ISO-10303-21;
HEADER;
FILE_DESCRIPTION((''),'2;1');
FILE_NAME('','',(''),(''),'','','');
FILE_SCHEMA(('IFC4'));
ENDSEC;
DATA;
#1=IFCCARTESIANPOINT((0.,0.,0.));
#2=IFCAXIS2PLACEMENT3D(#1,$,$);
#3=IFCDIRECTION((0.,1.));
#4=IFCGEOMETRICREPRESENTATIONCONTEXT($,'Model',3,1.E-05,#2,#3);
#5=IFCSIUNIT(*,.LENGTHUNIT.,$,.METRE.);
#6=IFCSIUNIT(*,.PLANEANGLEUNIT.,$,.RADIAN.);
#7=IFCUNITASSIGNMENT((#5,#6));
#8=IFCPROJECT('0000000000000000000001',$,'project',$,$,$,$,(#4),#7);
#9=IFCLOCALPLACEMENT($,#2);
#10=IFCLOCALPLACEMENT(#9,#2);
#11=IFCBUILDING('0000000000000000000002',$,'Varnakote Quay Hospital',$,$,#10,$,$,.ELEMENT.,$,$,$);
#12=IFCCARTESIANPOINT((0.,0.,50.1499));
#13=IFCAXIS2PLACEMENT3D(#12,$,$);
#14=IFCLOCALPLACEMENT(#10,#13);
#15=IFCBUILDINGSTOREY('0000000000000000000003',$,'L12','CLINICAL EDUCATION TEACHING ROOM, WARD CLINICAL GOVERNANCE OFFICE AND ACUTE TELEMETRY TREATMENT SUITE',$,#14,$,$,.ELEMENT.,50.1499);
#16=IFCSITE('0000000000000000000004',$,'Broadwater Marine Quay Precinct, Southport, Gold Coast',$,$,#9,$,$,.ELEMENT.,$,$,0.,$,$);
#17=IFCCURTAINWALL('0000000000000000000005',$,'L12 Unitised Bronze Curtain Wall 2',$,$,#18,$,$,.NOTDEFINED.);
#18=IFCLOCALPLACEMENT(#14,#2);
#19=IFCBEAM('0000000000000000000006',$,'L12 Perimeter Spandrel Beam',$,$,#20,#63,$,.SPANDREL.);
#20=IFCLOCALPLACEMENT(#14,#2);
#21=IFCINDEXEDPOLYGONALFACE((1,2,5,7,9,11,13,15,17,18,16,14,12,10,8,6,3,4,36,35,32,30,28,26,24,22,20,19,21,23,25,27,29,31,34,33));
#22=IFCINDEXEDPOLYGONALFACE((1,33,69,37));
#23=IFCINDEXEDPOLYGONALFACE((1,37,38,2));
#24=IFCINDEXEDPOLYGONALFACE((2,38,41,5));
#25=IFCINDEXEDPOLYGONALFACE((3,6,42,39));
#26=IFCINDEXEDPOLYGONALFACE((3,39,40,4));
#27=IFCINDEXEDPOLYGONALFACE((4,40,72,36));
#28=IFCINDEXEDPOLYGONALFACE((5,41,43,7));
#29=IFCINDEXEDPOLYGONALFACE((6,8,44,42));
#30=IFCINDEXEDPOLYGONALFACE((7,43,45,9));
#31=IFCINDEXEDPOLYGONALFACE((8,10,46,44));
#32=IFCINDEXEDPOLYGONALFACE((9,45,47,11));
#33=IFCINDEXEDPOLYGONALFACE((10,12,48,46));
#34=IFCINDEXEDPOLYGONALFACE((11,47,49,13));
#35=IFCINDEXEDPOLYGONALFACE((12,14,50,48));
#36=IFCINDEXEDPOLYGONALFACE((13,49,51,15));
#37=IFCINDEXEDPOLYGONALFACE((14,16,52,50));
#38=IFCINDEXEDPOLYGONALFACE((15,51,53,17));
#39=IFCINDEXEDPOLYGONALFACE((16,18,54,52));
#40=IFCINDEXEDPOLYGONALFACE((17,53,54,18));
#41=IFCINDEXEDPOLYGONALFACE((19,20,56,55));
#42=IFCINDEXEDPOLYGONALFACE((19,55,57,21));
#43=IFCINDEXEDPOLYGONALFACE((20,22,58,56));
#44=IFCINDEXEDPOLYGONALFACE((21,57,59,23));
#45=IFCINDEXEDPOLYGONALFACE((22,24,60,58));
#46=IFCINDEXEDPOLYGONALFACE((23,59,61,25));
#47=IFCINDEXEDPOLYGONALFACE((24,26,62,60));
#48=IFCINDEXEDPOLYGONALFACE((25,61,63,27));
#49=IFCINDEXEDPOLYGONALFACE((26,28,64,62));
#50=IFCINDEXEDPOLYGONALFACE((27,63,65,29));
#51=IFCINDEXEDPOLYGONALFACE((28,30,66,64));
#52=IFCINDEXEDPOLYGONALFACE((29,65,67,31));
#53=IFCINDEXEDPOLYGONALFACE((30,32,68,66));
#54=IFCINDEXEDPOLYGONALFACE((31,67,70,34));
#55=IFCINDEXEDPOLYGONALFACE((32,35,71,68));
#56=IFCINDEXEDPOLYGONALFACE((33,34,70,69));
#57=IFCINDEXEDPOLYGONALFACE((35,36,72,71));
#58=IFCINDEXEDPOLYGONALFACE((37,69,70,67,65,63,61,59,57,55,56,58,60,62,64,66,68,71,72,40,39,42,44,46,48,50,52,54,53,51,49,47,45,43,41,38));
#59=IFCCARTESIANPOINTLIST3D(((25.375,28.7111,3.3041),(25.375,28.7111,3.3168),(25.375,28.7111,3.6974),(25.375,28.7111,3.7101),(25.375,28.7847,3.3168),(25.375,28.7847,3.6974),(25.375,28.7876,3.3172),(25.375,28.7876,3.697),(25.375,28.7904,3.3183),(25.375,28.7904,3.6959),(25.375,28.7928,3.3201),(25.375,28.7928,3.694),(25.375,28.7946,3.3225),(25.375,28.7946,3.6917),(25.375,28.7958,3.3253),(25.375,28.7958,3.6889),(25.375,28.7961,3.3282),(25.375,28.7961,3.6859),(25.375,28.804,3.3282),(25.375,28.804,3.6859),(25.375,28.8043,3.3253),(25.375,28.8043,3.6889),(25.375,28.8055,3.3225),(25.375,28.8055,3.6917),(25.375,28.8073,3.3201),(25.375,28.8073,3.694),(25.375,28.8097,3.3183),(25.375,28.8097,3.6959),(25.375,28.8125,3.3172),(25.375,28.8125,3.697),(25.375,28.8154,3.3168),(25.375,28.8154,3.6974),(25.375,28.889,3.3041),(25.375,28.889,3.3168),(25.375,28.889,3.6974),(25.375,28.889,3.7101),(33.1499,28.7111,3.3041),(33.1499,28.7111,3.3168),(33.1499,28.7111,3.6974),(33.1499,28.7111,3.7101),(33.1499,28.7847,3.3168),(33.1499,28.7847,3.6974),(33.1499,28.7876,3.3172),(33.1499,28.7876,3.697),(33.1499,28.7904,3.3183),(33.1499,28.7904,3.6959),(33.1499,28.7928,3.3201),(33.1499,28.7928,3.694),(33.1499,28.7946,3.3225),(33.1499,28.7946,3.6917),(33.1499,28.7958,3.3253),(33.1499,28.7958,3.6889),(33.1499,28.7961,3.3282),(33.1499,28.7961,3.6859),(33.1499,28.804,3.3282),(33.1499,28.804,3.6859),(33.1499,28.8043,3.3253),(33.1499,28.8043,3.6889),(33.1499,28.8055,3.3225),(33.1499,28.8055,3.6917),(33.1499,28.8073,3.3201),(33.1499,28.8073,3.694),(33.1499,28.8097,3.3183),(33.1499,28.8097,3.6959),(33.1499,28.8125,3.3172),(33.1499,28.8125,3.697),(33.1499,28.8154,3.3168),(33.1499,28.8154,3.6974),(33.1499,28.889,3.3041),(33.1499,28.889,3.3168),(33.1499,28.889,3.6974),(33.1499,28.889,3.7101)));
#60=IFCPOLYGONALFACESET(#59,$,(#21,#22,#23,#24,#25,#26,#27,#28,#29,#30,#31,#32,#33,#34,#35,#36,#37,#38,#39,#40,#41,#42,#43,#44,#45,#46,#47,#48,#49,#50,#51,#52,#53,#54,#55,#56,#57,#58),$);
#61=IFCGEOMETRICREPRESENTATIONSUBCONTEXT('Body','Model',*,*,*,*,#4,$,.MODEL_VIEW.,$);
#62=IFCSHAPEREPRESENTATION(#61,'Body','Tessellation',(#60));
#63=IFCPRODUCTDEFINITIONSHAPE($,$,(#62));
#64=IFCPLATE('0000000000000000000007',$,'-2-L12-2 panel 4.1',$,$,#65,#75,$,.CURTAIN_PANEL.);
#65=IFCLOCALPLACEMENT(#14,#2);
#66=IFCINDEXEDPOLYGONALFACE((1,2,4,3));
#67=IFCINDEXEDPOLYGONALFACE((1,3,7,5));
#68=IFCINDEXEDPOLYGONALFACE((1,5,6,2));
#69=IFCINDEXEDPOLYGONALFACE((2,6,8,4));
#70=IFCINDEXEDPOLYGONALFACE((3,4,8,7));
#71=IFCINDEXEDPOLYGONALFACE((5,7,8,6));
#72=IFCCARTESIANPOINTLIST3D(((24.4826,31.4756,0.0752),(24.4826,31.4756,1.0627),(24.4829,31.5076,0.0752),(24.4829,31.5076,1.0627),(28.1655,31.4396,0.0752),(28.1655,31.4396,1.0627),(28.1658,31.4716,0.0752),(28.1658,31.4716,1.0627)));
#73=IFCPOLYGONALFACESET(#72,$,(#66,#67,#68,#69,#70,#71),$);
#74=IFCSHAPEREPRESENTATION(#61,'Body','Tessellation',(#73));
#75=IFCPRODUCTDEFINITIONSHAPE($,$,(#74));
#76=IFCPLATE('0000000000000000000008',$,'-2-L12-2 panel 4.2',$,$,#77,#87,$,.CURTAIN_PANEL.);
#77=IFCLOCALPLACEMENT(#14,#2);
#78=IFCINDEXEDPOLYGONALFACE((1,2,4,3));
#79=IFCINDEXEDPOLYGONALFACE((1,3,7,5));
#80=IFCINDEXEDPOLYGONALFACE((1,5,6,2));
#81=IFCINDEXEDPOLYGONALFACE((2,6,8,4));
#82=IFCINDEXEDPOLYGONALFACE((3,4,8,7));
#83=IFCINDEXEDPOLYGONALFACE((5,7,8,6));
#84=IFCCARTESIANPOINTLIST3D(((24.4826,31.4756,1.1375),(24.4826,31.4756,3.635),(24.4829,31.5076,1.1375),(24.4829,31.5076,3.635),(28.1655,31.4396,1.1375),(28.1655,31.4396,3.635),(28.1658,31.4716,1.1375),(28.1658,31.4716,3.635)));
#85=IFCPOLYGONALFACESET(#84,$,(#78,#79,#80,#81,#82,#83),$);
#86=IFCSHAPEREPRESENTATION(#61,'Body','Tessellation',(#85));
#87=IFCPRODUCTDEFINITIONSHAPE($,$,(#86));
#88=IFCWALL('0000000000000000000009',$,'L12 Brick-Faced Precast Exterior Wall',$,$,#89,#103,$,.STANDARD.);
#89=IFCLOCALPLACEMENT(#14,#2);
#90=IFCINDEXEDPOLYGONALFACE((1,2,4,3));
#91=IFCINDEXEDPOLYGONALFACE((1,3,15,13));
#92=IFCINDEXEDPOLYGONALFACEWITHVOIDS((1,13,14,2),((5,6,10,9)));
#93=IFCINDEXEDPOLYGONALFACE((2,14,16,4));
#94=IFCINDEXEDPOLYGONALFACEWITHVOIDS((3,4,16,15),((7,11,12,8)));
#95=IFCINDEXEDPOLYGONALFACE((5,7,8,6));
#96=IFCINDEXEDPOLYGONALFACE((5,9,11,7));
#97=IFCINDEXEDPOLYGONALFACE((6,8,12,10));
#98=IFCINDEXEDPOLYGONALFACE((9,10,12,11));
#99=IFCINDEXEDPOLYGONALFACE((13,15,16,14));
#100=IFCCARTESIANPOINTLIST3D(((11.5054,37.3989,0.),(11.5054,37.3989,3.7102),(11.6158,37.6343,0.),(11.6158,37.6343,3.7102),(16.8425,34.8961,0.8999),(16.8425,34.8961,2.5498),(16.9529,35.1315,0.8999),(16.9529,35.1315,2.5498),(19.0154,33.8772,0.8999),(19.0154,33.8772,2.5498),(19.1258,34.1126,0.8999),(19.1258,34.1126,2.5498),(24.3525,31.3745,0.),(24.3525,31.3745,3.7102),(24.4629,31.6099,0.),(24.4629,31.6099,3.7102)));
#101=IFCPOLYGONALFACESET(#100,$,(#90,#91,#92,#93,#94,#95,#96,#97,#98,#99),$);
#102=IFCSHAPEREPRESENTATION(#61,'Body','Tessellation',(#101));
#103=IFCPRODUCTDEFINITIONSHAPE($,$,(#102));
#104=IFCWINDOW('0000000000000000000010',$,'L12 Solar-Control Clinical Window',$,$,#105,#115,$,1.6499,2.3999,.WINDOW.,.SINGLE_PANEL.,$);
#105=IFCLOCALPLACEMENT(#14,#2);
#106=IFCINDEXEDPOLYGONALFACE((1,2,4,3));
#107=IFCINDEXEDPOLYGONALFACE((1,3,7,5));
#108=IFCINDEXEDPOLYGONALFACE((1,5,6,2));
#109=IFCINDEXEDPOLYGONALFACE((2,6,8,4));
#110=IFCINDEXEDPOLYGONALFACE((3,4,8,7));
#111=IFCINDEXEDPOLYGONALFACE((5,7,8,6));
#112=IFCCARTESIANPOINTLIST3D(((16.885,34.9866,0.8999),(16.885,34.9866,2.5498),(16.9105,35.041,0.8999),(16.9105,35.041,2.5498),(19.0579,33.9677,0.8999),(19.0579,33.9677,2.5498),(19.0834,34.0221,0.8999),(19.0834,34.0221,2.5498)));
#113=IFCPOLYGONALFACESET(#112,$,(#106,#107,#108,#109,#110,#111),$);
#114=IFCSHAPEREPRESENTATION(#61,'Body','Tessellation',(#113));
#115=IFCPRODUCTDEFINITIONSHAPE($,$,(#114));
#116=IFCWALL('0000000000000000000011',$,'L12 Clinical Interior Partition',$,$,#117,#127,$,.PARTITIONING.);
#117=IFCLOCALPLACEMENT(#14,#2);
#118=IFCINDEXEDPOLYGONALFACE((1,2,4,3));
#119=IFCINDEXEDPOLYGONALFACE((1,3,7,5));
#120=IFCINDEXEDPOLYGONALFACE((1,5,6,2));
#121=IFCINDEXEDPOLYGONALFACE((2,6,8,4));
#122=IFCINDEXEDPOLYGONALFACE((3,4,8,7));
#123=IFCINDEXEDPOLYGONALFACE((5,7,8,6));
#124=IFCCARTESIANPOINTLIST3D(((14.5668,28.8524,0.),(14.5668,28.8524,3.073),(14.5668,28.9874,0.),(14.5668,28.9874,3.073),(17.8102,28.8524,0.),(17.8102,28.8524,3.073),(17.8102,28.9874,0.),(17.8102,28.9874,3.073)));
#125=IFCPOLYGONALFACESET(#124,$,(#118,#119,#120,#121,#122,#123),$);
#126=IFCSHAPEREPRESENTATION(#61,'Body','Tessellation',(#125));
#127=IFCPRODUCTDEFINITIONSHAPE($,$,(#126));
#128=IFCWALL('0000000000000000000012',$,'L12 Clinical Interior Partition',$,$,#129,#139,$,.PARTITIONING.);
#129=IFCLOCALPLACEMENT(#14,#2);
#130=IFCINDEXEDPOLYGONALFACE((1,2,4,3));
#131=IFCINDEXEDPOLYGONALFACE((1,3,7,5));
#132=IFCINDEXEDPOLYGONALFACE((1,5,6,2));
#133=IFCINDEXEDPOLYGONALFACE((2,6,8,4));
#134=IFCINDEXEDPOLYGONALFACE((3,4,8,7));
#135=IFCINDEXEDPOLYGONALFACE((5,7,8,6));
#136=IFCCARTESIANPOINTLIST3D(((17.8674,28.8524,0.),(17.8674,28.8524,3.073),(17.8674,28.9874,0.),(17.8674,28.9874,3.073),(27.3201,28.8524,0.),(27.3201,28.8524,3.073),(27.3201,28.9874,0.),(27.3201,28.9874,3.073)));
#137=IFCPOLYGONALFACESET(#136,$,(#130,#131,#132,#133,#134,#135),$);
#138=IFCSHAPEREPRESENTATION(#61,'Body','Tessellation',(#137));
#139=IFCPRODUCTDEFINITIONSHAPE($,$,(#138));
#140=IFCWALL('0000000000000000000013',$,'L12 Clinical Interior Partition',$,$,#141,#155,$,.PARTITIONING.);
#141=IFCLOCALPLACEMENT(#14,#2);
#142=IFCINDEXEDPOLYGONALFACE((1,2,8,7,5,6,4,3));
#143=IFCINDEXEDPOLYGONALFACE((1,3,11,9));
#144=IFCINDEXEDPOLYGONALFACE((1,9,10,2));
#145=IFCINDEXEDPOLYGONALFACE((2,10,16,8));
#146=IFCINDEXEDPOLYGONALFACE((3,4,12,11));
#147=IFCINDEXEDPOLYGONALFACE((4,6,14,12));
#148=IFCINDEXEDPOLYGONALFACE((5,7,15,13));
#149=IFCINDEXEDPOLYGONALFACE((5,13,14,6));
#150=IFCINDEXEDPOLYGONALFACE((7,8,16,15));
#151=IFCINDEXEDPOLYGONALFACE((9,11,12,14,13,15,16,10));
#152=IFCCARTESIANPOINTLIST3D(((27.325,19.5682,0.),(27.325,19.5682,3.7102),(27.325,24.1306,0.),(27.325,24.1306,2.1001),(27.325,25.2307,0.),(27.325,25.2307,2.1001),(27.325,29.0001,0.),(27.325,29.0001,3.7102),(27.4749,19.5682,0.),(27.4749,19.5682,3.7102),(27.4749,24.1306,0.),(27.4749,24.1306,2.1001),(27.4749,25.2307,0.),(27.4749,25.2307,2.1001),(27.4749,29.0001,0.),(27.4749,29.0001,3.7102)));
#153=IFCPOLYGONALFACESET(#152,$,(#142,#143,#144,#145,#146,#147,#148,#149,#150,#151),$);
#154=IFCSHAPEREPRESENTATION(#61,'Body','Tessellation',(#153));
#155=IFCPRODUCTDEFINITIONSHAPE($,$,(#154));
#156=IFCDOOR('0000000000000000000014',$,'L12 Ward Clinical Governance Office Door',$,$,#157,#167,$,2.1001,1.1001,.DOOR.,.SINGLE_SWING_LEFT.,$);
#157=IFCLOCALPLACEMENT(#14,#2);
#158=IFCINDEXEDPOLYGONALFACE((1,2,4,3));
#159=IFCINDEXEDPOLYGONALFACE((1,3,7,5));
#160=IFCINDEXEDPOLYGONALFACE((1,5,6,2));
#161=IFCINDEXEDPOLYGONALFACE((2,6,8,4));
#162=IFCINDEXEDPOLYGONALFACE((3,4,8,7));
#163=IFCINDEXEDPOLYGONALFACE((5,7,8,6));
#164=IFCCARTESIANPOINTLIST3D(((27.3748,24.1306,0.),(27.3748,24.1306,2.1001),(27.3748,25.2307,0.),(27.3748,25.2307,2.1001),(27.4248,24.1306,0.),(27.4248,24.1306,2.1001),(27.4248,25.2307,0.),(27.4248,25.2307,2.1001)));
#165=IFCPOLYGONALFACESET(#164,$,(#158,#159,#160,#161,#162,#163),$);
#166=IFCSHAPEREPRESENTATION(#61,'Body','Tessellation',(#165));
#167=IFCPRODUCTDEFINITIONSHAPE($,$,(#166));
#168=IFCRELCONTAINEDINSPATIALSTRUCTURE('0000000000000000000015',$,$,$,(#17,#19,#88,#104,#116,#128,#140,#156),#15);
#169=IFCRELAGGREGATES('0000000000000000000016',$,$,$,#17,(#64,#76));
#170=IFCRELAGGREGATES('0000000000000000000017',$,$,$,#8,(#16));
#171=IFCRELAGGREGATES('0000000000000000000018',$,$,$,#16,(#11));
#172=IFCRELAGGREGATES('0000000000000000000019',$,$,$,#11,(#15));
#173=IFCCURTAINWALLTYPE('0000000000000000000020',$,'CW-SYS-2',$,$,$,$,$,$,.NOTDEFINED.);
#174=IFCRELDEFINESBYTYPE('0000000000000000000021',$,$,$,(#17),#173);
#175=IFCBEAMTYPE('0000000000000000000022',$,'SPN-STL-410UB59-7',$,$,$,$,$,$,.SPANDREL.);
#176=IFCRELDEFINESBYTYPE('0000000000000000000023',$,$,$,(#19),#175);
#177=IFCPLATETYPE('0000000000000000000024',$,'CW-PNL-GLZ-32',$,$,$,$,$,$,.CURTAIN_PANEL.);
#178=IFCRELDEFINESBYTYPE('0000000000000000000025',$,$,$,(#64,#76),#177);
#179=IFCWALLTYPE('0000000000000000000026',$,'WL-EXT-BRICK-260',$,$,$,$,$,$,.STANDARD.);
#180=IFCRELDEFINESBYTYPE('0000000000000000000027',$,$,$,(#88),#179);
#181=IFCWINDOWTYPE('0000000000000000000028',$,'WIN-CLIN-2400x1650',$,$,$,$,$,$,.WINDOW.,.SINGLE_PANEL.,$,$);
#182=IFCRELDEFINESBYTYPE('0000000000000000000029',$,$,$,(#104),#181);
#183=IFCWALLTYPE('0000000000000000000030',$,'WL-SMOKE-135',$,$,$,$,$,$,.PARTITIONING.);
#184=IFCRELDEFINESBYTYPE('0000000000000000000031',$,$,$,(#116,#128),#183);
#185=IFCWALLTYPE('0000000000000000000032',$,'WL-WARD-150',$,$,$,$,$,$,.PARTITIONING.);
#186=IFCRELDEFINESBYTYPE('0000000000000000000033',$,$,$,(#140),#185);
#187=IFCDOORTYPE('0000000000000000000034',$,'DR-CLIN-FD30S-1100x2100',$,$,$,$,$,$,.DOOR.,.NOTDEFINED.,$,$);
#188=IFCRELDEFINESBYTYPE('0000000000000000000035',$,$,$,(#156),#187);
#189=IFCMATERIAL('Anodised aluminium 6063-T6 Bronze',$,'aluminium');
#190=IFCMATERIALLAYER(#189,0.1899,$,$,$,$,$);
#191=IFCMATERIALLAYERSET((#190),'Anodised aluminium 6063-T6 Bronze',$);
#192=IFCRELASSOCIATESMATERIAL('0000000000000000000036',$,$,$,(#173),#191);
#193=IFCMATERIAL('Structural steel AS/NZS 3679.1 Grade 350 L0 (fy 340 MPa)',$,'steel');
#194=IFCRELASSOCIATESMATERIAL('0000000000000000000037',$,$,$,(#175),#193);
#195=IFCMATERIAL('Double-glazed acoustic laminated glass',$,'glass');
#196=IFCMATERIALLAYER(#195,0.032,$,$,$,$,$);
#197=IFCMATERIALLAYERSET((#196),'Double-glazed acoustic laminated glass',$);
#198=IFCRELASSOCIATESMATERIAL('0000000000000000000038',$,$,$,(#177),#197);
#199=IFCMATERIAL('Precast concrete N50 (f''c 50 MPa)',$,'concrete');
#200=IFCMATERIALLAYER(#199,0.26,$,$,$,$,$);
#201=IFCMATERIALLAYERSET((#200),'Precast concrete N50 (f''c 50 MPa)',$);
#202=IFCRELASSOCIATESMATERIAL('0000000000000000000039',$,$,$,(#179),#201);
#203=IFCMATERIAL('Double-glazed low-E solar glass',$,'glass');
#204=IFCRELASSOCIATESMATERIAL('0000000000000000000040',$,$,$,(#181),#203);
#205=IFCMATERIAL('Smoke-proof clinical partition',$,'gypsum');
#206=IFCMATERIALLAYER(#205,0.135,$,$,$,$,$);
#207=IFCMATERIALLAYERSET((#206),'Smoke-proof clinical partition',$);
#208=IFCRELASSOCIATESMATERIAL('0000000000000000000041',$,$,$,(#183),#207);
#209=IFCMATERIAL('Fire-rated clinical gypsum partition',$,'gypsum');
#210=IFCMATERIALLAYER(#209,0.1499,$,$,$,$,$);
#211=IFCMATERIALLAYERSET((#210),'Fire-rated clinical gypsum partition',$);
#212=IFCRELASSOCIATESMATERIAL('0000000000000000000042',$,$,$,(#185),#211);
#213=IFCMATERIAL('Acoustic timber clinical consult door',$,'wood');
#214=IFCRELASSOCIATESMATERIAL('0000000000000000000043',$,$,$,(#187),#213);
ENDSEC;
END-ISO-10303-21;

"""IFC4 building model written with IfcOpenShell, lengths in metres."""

from ifc_helpers import new_model, si_unit, direction, frame, frame_2d, origin, origin_2d, place, context, subcontext, project, spatial, rectangle, i_section, extrude, material, layer, layer_set, material_profile, profile_set, type_object, element, fill, aggregate, save


model = new_model("IFC4")

# Units and contexts
model_context = context("Model", 3, precision=1e-05, world=origin(), true_north=direction((0.0, 1.0)))
body_context = subcontext(model_context, "Body", "Model", "MODEL_VIEW")
ifc_project = project(units=[si_unit("LENGTHUNIT", "METRE"), si_unit("PLANEANGLEUNIT", "RADIAN")], contexts=[model_context])

# Site, building, storey
site_placement = place(None, origin())
site = spatial("IfcSite", under=ifc_project, at=site_placement, Name="Broadwater Marine Quay Precinct, Southport, Gold Coast", CompositionType="ELEMENT", RefElevation=0.0)
building_placement = place(site_placement, origin())
building = spatial("IfcBuilding", under=site, at=building_placement, Name="Varnakote Quay Hospital", CompositionType="ELEMENT")
storey_placement = place(building_placement, frame((0.0, 0.0, 50.1499)))
storey = spatial("IfcBuildingStorey", under=building, at=storey_placement, Name="L12", Description="CLINICAL EDUCATION TEACHING ROOM, WARD CLINICAL GOVERNANCE OFFICE AND ACUTE TELEMETRY TREATMENT SUITE", CompositionType="ELEMENT", Elevation=50.1499)

# Curtain wall
ifc_material_1 = material(Name="Anodised aluminium 6063-T6 Bronze", Category="aluminium")
ifc_layer_1 = layer(ifc_material_1, 0.1899)
ifc_layer_set_1 = layer_set([ifc_layer_1], Name="Anodised aluminium 6063-T6 Bronze")
curtain_wall_type = type_object("IfcCurtainWallType", Name="CW-SYS-2", PredefinedType="NOTDEFINED", material=ifc_layer_set_1)
curtain_wall_placement = place(storey_placement, origin())
curtain_wall = element("IfcCurtainWall", 1, at=curtain_wall_placement, inside=storey, type_object=curtain_wall_type, Name="L12 Unitised Bronze Curtain Wall 2", PredefinedType="NOTDEFINED")

# Beam
ifc_material_2 = material(Name="Structural steel AS/NZS 3679.1 Grade 350 L0 (fy 340 MPa)", Category="steel")
ifc_material_profile_1 = material_profile(ifc_material_2, i_section(OverallWidth=0.178, OverallDepth=0.406, WebThickness=0.0078, FlangeThickness=0.0127, FilletRadius=0.0115, at=origin_2d()), Name="410UB59.7")
ifc_profile_set_1 = profile_set([ifc_material_profile_1], Name="Structural steel AS/NZS 3679.1 Grade 350 L0 (fy 340 MPa)")
beam_type_1 = type_object("IfcBeamType", Name="SPN-STL-410UB59-7", PredefinedType="SPANDREL", material=ifc_profile_set_1)
beam_1_placement = place(storey_placement, frame((25.375, 28.8, 3.5071), z_axis=(1.0, 0.0, 0.0), x_axis=(0.0, 1.0, 0.0)))
element("IfcBeam", 2, at=beam_1_placement, inside=storey, type_object=beam_type_1, Name="L12 Perimeter Spandrel Beam", PredefinedType="SPANDREL", context=body_context, shape_type="SweptSolid", body=[
    extrude(i_section(OverallWidth=0.178, OverallDepth=0.406, WebThickness=0.0078, FlangeThickness=0.0127, FilletRadius=0.0115, at=origin_2d()), origin(), (0.0, 0.0, 1.0), 7.7749),
])

# Plates
ifc_material_3 = material(Name="Double-glazed acoustic laminated glass", Category="glass")
ifc_layer_2 = layer(ifc_material_3, 0.032)
ifc_layer_set_2 = layer_set([ifc_layer_2], Name="Double-glazed acoustic laminated glass")
plate_type = type_object("IfcPlateType", Name="CW-PNL-GLZ-32", PredefinedType="CURTAIN_PANEL", material=ifc_layer_set_2)
plate_1_placement = place(storey_placement, frame((26.3242, 31.4736, 0.0752), z_axis=(0.0, 0.0, 1.0), x_axis=(-0.999952, 0.009774, 0.0)))
plate_1 = element("IfcPlate", 3, at=plate_1_placement, type_object=plate_type, Name="-2-L12-2 panel 4.1", PredefinedType="CURTAIN_PANEL", context=body_context, shape_type="SweptSolid", body=[
    extrude(rectangle(XDim=3.6831, YDim=0.032, at=origin_2d()), origin(), (0.0, 0.0, 1.0), 0.9875),
])
plate_2_placement = place(storey_placement, frame((26.3242, 31.4736, 1.1375), z_axis=(0.0, 0.0, 1.0), x_axis=(-0.999952, 0.009774, 0.0)))
plate_2 = element("IfcPlate", 4, at=plate_2_placement, type_object=plate_type, Name="-2-L12-2 panel 4.2", PredefinedType="CURTAIN_PANEL", context=body_context, shape_type="SweptSolid", body=[
    extrude(rectangle(XDim=3.6831, YDim=0.032, at=origin_2d()), origin(), (0.0, 0.0, 1.0), 2.4976),
])
aggregate(curtain_wall, [plate_1, plate_2])

# Wall, opening, window
ifc_material_4 = material(Name="Precast concrete N50 (f'c 50 MPa)", Category="concrete")
ifc_layer_3 = layer(ifc_material_4, 0.26)
ifc_layer_set_3 = layer_set([ifc_layer_3], Name="Precast concrete N50 (f'c 50 MPa)")
wall_type_1 = type_object("IfcWallType", Name="WL-EXT-BRICK-260", PredefinedType="STANDARD", material=ifc_layer_set_3)
wall_1_placement = place(storey_placement, frame((24.4077, 31.4922, 0.0), z_axis=(0.0, 0.0, 1.0), x_axis=(-0.905397, 0.424567, 0.0)))
wall_1 = element("IfcWall", 5, at=wall_1_placement, inside=storey, type_object=wall_type_1, Name="L12 Brick-Faced Precast Exterior Wall", PredefinedType="STANDARD", context=body_context, shape_type="SweptSolid", body=[
    extrude(rectangle(XDim=14.1895, YDim=0.26, at=frame_2d((7.0947, 0.0))), origin(), (0.0, 0.0, 1.0), 3.7102),
])
opening_1_placement = place(wall_1_placement, frame((5.8948, 0.0, 0.8999)))
opening_1 = element("IfcOpeningElement", 6, at=opening_1_placement, cuts=wall_1, PredefinedType="OPENING", context=body_context, shape_type="SweptSolid", body=[
    extrude(rectangle(XDim=2.3999, YDim=1.6499, at=frame_2d((1.2, 0.825))), frame((0.0, 0.1399, 0.0), z_axis=(0.0, -1.0, 0.0), x_axis=(1.0, 0.0, 0.0)), (0.0, 0.0, 1.0), 0.28),
])
ifc_material_5 = material(Name="Double-glazed low-E solar glass", Category="glass")
window_type = type_object("IfcWindowType", Name="WIN-CLIN-2400x1650", PartitioningType="SINGLE_PANEL", PredefinedType="WINDOW", material=ifc_material_5)
window_placement = place(opening_1_placement, origin())
window = element("IfcWindow", 7, at=window_placement, inside=storey, type_object=window_type, Name="L12 Solar-Control Clinical Window", OverallHeight=1.6499, OverallWidth=2.3999, PartitioningType="SINGLE_PANEL", PredefinedType="WINDOW", context=body_context, shape_type="SweptSolid", body=[
    extrude(rectangle(XDim=2.3999, YDim=1.6499, at=frame_2d((1.2, 0.825))), frame((0.0, 0.03, 0.0), z_axis=(0.0, -1.0, 0.0), x_axis=(1.0, 0.0, 0.0)), (0.0, 0.0, 1.0), 0.0601),
])
fill(opening_1, window)

# Walls
ifc_material_6 = material(Name="Smoke-proof clinical partition", Category="gypsum")
ifc_layer_4 = layer(ifc_material_6, 0.135)
ifc_layer_set_4 = layer_set([ifc_layer_4], Name="Smoke-proof clinical partition")
wall_type_2 = type_object("IfcWallType", Name="WL-SMOKE-135", PredefinedType="PARTITIONING", material=ifc_layer_set_4)
wall_2_placement = place(storey_placement, frame((17.8101, 28.9199, 0.0), z_axis=(0.0, 0.0, 1.0), x_axis=(-1.0, 0.0, 0.0)))
element("IfcWall", 8, at=wall_2_placement, inside=storey, type_object=wall_type_2, Name="L12 Clinical Interior Partition", PredefinedType="PARTITIONING", context=body_context, shape_type="SweptSolid", body=[
    extrude(rectangle(XDim=3.2434, YDim=0.135, at=frame_2d((1.6216, 0.0))), origin(), (0.0, 0.0, 1.0), 3.073),
])
wall_3_placement = place(storey_placement, frame((27.3201, 28.9199, 0.0), z_axis=(0.0, 0.0, 1.0), x_axis=(-1.0, 0.0, 0.0)))
element("IfcWall", 9, at=wall_3_placement, inside=storey, type_object=wall_type_2, Name="L12 Clinical Interior Partition", PredefinedType="PARTITIONING", context=body_context, shape_type="SweptSolid", body=[
    extrude(rectangle(XDim=9.4526, YDim=0.135, at=frame_2d((4.7263, 0.0))), origin(), (0.0, 0.0, 1.0), 3.073),
])

# Wall, opening, door
ifc_material_7 = material(Name="Fire-rated clinical gypsum partition", Category="gypsum")
ifc_layer_5 = layer(ifc_material_7, 0.1499)
ifc_layer_set_5 = layer_set([ifc_layer_5], Name="Fire-rated clinical gypsum partition")
wall_type_3 = type_object("IfcWallType", Name="WL-WARD-150", PredefinedType="PARTITIONING", material=ifc_layer_set_5)
wall_4_placement = place(storey_placement, frame((27.3999, 29.0, 0.0), z_axis=(0.0, 0.0, 1.0), x_axis=(0.0, -1.0, 0.0)))
wall_4 = element("IfcWall", 10, at=wall_4_placement, inside=storey, type_object=wall_type_3, Name="L12 Clinical Interior Partition", PredefinedType="PARTITIONING", context=body_context, shape_type="SweptSolid", body=[
    extrude(rectangle(XDim=9.4319, YDim=0.1499, at=frame_2d((4.7158, 0.0))), origin(), (0.0, 0.0, 1.0), 3.7102),
])
opening_2_placement = place(wall_4_placement, frame((3.7693, 0.0, 0.0)))
opening_2 = element("IfcOpeningElement", 11, at=opening_2_placement, cuts=wall_4, PredefinedType="OPENING", context=body_context, shape_type="SweptSolid", body=[
    extrude(rectangle(XDim=1.1001, YDim=2.1001, at=frame_2d((0.55, 1.05))), frame((0.0, 0.085, 0.0), z_axis=(0.0, -1.0, 0.0), x_axis=(1.0, 0.0, 0.0)), (0.0, 0.0, 1.0), 0.1699),
])
ifc_material_8 = material(Name="Acoustic timber clinical consult door", Category="wood")
door_type = type_object("IfcDoorType", Name="DR-CLIN-FD30S-1100x2100", OperationType="NOTDEFINED", PredefinedType="DOOR", material=ifc_material_8)
door_placement = place(opening_2_placement, origin())
door = element("IfcDoor", 12, at=door_placement, inside=storey, type_object=door_type, Name="L12 Ward Clinical Governance Office Door", OperationType="SINGLE_SWING_LEFT", OverallHeight=2.1001, OverallWidth=1.1001, PredefinedType="DOOR", context=body_context, shape_type="SweptSolid", body=[
    extrude(rectangle(XDim=1.1001, YDim=2.1001, at=frame_2d((0.55, 1.05))), frame((0.0, 0.0249, 0.0), z_axis=(0.0, -1.0, 0.0), x_axis=(1.0, 0.0, 0.0)), (0.0, 0.0, 1.0), 0.05),
])
fill(opening_2, door)

save(model, "model.ifc")
